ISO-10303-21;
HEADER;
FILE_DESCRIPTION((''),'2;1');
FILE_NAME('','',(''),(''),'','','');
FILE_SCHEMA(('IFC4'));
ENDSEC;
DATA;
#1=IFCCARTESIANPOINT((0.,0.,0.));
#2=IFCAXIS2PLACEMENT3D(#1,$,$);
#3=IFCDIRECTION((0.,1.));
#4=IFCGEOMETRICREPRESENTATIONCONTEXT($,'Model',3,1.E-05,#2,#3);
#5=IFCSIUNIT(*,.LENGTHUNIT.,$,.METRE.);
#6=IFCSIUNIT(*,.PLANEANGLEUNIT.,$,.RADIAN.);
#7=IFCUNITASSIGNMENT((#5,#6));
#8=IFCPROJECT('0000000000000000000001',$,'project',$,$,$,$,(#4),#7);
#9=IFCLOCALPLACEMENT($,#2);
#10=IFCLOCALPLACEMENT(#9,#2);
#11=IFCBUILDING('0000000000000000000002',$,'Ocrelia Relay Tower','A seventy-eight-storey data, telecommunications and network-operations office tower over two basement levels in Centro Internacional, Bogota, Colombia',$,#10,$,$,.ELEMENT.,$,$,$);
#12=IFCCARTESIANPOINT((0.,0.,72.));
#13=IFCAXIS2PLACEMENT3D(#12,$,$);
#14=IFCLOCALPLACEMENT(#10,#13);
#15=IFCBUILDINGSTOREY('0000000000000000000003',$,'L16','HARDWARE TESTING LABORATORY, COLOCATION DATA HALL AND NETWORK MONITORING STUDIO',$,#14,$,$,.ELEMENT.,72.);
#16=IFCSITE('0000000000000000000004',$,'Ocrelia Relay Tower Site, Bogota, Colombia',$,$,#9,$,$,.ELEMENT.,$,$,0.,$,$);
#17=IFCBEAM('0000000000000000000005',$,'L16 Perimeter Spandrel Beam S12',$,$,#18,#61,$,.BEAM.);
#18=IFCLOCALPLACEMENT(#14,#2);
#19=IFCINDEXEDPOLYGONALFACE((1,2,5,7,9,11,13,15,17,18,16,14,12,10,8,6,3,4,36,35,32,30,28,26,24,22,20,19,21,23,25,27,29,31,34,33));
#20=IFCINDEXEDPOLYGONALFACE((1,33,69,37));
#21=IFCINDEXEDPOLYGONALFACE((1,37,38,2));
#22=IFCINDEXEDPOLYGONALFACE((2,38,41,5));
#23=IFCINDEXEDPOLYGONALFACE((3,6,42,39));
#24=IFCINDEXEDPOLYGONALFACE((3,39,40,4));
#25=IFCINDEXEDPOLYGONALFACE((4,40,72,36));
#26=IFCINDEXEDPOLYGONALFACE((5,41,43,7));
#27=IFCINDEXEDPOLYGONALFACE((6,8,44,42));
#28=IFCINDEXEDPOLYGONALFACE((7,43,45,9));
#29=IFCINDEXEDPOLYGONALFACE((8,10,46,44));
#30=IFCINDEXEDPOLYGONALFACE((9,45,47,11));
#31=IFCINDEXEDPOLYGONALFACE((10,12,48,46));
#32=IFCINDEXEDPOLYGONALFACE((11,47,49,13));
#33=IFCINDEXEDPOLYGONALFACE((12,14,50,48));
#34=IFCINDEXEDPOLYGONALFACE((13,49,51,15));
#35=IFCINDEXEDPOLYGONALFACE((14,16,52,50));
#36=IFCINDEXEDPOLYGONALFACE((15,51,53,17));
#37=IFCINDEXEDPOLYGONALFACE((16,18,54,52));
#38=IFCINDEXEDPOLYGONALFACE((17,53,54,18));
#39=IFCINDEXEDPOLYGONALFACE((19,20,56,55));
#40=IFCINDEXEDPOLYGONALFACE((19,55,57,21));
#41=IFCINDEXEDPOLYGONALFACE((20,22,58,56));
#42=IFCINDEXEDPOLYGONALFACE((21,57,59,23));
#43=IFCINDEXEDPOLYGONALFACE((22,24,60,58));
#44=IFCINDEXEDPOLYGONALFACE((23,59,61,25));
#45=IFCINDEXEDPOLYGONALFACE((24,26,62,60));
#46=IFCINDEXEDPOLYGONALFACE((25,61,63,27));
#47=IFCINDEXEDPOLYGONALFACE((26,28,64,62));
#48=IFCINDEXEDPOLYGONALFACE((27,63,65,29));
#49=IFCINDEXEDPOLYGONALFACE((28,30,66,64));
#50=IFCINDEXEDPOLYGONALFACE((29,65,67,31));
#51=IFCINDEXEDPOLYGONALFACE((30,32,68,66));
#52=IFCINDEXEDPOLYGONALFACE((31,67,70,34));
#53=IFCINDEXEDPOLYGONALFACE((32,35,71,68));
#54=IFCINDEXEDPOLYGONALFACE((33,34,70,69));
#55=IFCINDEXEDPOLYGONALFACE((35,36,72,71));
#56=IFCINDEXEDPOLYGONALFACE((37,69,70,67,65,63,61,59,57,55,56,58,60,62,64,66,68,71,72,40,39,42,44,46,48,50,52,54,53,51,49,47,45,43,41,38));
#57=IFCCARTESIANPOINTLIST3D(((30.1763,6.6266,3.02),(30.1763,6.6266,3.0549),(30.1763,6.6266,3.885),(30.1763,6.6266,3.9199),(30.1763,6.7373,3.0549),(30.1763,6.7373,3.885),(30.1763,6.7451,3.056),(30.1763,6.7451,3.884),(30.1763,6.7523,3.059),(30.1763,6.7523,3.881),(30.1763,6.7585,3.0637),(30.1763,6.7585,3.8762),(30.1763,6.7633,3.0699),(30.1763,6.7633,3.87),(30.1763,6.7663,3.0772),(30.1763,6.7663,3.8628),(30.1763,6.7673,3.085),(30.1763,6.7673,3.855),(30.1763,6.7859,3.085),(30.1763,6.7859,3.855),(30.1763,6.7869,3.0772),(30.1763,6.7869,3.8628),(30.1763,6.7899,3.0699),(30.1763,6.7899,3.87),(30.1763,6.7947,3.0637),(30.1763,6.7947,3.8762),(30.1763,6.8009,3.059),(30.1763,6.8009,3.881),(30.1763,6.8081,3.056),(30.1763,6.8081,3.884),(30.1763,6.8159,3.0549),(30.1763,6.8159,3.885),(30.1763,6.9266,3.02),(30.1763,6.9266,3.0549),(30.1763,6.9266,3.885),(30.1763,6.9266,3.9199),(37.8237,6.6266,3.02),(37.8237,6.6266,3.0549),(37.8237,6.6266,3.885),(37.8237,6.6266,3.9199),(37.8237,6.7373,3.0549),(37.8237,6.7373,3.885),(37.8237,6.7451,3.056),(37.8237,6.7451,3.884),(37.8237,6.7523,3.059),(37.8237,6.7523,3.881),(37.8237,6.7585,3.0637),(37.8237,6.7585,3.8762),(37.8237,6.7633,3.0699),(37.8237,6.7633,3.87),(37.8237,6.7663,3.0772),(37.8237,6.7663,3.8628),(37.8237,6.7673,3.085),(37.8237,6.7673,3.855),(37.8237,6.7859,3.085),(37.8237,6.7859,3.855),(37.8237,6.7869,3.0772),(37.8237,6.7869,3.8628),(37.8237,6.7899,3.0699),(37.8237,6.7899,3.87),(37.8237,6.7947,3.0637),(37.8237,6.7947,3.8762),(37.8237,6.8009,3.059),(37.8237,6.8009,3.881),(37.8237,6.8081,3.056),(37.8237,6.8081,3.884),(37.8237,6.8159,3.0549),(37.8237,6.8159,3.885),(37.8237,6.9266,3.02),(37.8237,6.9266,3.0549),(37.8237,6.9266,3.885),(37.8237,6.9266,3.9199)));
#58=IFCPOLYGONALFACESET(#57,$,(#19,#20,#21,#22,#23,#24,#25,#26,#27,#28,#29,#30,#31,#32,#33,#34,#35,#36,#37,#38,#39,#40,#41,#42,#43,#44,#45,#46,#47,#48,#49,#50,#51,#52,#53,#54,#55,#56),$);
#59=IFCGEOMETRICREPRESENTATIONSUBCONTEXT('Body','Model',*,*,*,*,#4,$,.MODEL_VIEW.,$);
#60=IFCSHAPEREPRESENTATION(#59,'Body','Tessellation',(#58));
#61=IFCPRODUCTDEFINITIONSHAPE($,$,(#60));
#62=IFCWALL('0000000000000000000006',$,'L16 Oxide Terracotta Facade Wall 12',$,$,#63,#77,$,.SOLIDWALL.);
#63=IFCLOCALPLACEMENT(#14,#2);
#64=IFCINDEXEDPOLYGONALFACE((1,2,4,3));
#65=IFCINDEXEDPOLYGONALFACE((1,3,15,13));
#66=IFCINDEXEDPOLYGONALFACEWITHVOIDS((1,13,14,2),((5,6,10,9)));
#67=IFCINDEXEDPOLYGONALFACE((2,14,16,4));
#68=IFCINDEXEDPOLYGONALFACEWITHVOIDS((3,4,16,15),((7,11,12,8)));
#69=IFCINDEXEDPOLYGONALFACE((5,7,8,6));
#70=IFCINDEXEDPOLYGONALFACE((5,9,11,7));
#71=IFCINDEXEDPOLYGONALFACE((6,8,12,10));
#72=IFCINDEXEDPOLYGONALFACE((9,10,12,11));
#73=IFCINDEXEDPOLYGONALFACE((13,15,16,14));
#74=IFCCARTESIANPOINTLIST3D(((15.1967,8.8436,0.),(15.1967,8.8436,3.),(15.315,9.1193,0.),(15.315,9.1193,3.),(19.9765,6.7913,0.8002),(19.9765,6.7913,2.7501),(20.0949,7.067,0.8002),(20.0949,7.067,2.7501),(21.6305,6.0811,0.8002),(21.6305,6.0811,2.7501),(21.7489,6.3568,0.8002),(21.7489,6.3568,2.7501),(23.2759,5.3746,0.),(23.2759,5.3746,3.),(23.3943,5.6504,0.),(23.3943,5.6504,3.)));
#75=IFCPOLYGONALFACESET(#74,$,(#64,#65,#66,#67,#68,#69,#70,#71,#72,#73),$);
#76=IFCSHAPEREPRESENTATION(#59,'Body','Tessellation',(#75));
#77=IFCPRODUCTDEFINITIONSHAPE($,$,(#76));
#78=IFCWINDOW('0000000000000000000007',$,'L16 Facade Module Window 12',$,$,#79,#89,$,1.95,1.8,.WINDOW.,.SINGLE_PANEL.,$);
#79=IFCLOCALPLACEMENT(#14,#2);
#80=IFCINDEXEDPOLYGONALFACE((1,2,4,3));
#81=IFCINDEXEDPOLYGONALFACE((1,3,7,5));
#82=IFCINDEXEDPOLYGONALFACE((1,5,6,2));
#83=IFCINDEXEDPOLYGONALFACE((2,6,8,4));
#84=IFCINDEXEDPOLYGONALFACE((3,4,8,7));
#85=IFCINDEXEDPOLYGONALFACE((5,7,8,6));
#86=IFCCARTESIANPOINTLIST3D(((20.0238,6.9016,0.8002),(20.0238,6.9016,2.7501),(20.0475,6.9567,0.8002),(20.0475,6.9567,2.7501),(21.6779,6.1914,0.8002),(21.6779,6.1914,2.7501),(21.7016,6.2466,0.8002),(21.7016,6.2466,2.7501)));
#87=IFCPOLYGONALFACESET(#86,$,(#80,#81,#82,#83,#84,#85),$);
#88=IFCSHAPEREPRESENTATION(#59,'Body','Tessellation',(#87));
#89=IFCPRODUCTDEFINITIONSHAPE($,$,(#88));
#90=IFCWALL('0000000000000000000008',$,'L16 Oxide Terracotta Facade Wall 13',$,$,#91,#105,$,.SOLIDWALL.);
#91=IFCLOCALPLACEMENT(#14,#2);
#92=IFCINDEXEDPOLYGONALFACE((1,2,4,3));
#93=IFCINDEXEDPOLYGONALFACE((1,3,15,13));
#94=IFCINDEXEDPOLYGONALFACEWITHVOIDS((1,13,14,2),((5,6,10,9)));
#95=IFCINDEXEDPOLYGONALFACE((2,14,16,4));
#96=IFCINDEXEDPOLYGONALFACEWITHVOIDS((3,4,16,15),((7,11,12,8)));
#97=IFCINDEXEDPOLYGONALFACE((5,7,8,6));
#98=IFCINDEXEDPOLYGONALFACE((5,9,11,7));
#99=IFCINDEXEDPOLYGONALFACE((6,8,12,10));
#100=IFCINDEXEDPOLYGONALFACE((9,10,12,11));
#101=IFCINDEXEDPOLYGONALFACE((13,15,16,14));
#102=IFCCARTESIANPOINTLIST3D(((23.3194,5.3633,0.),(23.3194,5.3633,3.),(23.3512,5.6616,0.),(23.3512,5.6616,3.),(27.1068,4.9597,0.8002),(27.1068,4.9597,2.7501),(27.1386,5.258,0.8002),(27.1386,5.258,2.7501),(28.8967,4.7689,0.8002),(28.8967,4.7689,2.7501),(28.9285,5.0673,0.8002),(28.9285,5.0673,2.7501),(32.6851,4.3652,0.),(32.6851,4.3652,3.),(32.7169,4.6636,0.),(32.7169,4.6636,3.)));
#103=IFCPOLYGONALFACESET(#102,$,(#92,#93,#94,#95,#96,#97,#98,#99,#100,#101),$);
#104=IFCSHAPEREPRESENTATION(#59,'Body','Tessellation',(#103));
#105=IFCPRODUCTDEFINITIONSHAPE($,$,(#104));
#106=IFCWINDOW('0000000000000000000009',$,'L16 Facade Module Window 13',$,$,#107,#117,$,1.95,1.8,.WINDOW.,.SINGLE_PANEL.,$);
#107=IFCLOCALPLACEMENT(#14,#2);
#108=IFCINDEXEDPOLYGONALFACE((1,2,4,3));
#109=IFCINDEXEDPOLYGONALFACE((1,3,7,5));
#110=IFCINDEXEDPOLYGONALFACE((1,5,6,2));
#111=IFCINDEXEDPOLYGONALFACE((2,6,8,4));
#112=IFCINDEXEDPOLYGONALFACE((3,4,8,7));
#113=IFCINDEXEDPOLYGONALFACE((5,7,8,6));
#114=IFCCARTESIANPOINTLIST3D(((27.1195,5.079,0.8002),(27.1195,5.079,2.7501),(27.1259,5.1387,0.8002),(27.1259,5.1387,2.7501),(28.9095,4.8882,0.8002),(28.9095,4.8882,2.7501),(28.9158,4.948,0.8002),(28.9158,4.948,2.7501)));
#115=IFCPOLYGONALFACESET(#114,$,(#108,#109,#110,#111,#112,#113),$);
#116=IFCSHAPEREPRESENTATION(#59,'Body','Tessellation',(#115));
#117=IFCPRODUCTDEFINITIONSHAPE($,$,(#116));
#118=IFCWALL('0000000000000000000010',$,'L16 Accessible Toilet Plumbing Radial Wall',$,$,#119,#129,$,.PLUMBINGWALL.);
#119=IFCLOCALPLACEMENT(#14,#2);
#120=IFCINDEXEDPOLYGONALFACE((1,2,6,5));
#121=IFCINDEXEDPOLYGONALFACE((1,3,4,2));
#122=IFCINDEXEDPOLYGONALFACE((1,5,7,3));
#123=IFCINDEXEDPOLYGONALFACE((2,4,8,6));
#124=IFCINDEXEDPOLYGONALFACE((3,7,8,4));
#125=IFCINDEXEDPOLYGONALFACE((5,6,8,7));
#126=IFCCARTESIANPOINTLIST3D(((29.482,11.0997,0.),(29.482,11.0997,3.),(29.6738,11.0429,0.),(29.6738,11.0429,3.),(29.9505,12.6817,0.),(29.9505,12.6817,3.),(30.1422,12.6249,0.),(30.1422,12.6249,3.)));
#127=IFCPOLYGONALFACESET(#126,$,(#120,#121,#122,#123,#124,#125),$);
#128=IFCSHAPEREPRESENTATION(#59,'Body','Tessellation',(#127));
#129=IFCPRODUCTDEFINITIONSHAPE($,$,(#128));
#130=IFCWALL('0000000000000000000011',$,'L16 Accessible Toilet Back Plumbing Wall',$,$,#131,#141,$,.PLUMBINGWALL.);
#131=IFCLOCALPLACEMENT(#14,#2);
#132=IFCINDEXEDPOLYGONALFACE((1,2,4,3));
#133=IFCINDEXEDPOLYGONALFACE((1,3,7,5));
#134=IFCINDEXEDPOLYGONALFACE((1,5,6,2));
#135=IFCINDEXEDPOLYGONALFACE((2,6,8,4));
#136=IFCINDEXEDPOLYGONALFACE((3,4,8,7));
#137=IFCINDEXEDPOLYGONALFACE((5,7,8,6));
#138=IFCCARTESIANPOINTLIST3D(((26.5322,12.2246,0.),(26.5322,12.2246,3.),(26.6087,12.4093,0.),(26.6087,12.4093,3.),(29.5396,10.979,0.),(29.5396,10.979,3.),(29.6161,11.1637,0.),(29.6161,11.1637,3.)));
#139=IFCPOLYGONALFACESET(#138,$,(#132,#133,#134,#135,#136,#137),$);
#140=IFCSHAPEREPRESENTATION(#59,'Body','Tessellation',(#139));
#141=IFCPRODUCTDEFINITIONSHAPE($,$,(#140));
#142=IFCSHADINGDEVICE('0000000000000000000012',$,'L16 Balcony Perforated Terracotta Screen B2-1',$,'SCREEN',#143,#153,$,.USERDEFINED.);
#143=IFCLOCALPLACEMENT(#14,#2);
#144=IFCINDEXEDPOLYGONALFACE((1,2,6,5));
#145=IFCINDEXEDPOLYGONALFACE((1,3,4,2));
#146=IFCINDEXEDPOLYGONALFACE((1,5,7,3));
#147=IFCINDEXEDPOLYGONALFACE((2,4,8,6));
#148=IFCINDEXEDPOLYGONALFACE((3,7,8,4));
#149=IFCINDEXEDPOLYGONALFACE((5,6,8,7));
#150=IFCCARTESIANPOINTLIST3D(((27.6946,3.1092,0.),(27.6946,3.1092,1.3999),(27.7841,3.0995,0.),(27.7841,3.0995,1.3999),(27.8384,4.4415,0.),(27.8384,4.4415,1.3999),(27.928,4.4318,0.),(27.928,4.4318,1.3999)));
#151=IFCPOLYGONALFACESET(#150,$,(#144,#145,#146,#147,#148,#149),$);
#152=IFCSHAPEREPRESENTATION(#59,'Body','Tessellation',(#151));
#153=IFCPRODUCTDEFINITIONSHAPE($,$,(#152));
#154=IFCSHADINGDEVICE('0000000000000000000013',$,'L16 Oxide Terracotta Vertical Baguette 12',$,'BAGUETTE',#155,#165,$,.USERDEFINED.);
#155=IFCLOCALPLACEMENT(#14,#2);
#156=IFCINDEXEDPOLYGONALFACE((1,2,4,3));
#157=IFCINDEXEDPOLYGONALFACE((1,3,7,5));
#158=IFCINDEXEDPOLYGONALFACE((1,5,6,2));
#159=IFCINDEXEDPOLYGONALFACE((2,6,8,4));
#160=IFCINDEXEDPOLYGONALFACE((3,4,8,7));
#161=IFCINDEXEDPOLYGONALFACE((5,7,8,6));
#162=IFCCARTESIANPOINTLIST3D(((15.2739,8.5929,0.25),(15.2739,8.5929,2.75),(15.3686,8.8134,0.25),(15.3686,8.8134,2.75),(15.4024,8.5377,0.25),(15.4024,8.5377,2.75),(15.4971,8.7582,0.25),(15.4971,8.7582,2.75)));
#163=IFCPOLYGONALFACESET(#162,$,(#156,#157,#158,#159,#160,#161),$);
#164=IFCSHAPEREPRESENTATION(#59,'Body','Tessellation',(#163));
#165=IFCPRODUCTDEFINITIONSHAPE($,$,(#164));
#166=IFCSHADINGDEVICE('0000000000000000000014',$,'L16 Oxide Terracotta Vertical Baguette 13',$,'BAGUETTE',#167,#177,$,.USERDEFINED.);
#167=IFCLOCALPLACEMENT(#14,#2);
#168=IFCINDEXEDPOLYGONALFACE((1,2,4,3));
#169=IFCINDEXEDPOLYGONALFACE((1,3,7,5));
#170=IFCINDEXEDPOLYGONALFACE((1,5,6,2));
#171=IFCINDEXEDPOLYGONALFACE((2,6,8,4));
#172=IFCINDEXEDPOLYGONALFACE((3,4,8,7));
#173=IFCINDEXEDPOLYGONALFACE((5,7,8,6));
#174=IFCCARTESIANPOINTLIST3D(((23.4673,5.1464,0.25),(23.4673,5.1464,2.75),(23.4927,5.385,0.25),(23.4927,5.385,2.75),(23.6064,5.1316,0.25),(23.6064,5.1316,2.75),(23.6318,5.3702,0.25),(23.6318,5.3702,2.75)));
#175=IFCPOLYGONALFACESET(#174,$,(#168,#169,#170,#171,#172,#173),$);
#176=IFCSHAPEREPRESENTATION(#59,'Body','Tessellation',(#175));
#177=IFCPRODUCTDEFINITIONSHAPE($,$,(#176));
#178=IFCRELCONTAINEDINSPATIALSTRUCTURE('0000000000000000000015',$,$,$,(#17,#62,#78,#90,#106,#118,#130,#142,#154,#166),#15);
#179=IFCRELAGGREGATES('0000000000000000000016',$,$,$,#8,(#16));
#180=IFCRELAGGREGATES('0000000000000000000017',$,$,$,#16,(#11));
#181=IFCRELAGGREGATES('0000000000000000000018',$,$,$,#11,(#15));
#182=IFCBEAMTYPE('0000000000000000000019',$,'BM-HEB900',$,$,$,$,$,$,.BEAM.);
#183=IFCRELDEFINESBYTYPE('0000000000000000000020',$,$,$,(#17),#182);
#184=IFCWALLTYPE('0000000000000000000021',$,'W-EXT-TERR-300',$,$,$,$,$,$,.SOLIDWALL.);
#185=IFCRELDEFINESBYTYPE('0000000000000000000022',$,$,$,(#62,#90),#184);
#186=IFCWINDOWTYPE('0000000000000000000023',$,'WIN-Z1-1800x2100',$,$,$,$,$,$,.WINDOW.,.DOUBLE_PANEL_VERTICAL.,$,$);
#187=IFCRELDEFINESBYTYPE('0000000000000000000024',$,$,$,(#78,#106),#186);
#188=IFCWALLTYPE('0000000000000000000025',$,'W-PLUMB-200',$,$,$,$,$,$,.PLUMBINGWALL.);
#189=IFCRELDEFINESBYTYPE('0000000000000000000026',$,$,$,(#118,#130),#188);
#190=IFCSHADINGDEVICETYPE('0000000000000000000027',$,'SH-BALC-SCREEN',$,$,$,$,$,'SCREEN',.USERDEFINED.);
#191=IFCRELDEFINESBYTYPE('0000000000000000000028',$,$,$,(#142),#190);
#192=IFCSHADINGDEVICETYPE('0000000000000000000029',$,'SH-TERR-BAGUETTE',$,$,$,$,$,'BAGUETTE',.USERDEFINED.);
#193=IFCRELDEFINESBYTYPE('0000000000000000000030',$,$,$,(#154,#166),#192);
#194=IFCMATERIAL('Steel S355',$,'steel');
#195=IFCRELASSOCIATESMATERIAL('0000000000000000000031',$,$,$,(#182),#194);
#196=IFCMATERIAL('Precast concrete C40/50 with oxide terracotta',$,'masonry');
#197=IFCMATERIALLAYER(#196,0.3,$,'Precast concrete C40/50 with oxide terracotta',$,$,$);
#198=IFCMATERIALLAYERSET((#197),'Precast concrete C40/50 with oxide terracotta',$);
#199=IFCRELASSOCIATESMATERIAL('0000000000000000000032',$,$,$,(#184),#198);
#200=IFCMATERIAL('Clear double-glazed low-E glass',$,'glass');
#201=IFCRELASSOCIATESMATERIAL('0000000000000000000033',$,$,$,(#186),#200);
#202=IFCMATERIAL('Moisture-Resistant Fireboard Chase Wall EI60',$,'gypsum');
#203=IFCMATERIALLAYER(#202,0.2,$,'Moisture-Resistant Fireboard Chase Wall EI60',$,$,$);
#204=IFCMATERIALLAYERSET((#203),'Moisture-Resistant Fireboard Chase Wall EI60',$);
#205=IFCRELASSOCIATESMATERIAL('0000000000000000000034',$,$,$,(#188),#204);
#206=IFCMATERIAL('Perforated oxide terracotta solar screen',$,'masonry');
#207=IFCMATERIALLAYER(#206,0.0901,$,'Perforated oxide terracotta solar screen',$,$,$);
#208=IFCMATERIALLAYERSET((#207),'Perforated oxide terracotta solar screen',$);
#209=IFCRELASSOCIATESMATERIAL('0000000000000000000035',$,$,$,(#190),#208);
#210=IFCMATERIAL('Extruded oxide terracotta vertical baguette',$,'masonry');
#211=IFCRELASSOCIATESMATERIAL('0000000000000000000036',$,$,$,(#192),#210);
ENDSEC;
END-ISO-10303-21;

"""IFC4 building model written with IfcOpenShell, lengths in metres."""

from ifc_helpers import new_model, si_unit, direction, frame, frame_2d, origin, origin_2d, place, context, subcontext, project, spatial, rectangle, i_section, extrude, material, layer, layer_set, material_profile, profile_set, type_object, element, fill, save


model = new_model("IFC4")

# Units and contexts
model_context = context("Model", 3, precision=1e-05, world=origin(), true_north=direction((0.0, 1.0)))
body_context = subcontext(model_context, "Body", "Model", "MODEL_VIEW")
ifc_project = project(units=[si_unit("LENGTHUNIT", "METRE"), si_unit("PLANEANGLEUNIT", "RADIAN")], contexts=[model_context])

# Site, building, storey
site_placement = place(None, origin())
site = spatial("IfcSite", under=ifc_project, at=site_placement, Name="Ocrelia Relay Tower Site, Bogota, Colombia", CompositionType="ELEMENT", RefElevation=0.0)
building_placement = place(site_placement, origin())
building = spatial("IfcBuilding", under=site, at=building_placement, Name="Ocrelia Relay Tower", Description="A seventy-eight-storey data, telecommunications and network-operations office tower over two basement levels in Centro Internacional, Bogota, Colombia", CompositionType="ELEMENT")
storey_placement = place(building_placement, frame((0.0, 0.0, 72.0)))
storey = spatial("IfcBuildingStorey", under=building, at=storey_placement, Name="L16", Description="HARDWARE TESTING LABORATORY, COLOCATION DATA HALL AND NETWORK MONITORING STUDIO", CompositionType="ELEMENT", Elevation=72.0)

# Beam
ifc_material_1 = material(Name="Steel S355", Category="steel")
ifc_material_profile_1 = material_profile(ifc_material_1, i_section(OverallWidth=0.3, OverallDepth=0.8999, WebThickness=0.0186, FlangeThickness=0.0349, FilletRadius=0.03, at=origin_2d()), Name="HEB 900")
ifc_profile_set_1 = profile_set([ifc_material_profile_1], Name="Steel S355")
beam_type_1 = type_object("IfcBeamType", Name="BM-HEB900", PredefinedType="BEAM", material=ifc_profile_set_1)
for number, where, z_axis, x_axis, name in (
    (1, (30.1763, 6.7766, 3.47), (1.0, 0.0, 0.0), (0.0, 1.0, 0.0), "L16 Perimeter Spandrel Beam S12"),
):
    element("IfcBeam", number, at=place(storey_placement, frame(where, z_axis=z_axis, x_axis=x_axis)), inside=storey, type_object=beam_type_1, Name=name, PredefinedType="BEAM", context=body_context, shape_type="SweptSolid", body=[
        extrude(i_section(OverallWidth=0.3, OverallDepth=0.8999, WebThickness=0.0186, FlangeThickness=0.0349, FilletRadius=0.03, at=origin_2d()), origin(), (0.0, 0.0, 1.0), 7.6475),
    ])

# Walls, openings, windows
ifc_material_2 = material(Name="Precast concrete C40/50 with oxide terracotta", Category="masonry")
ifc_layer_1 = layer(ifc_material_2, 0.3, Name="Precast concrete C40/50 with oxide terracotta")
ifc_layer_set_1 = layer_set([ifc_layer_1], Name="Precast concrete C40/50 with oxide terracotta")
wall_type_1 = type_object("IfcWallType", Name="W-EXT-TERR-300", PredefinedType="SOLIDWALL", material=ifc_layer_set_1)
wall_1_placement = place(storey_placement, frame((15.2559, 8.9814, 0.0), z_axis=(0.0, 0.0, 1.0), x_axis=(0.918881, -0.394536, 0.0)))
wall_1 = element("IfcWall", 2, at=wall_1_placement, inside=storey, type_object=wall_type_1, Name="L16 Oxide Terracotta Facade Wall 12", PredefinedType="SOLIDWALL", context=body_context, shape_type="SweptSolid", body=[
    extrude(rectangle(XDim=8.7925, YDim=0.3, at=frame_2d((4.3962, 0.0))), origin(), (0.0, 0.0, 1.0), 3.0),
])
opening_1_placement = place(wall_1_placement, frame((5.2019, 0.0, 0.8)))
opening_1 = element("IfcOpeningElement", 3, at=opening_1_placement, cuts=wall_1, PredefinedType="OPENING", context=body_context, shape_type="SweptSolid", body=[
    extrude(rectangle(XDim=1.8, YDim=1.95, at=frame_2d((0.8999, 0.9751))), frame((0.0, 0.1602, 0.0), z_axis=(0.0, -1.0, 0.0), x_axis=(1.0, 0.0, 0.0)), (0.0, 0.0, 1.0), 0.3201),
])
ifc_material_3 = material(Name="Clear double-glazed low-E glass", Category="glass")
window_type = type_object("IfcWindowType", Name="WIN-Z1-1800x2100", PartitioningType="DOUBLE_PANEL_VERTICAL", PredefinedType="WINDOW", material=ifc_material_3)
window_1_placement = place(opening_1_placement, origin())
window_1 = element("IfcWindow", 4, at=window_1_placement, inside=storey, type_object=window_type, Name="L16 Facade Module Window 12", OverallHeight=1.95, OverallWidth=1.8, PartitioningType="SINGLE_PANEL", PredefinedType="WINDOW", context=body_context, shape_type="SweptSolid", body=[
    extrude(rectangle(XDim=1.8, YDim=1.95, at=frame_2d((0.8999, 0.9751))), frame((0.0, 0.03, 0.0), z_axis=(0.0, -1.0, 0.0), x_axis=(1.0, 0.0, 0.0)), (0.0, 0.0, 1.0), 0.0601),
])
fill(opening_1, window_1)
wall_2_placement = place(storey_placement, frame((23.3352, 5.5125, 0.0), z_axis=(0.0, 0.0, 1.0), x_axis=(0.99437, -0.105964, 0.0)))
wall_2 = element("IfcWall", 5, at=wall_2_placement, inside=storey, type_object=wall_type_1, Name="L16 Oxide Terracotta Facade Wall 13", PredefinedType="SOLIDWALL", context=body_context, shape_type="SweptSolid", body=[
    extrude(rectangle(XDim=9.4187, YDim=0.3, at=frame_2d((4.7095, 0.0))), origin(), (0.0, 0.0, 1.0), 3.0),
])
opening_2_placement = place(wall_2_placement, frame((3.8091, 0.0, 0.8)))
opening_2 = element("IfcOpeningElement", 6, at=opening_2_placement, cuts=wall_2, PredefinedType="OPENING", context=body_context, shape_type="SweptSolid", body=[
    extrude(rectangle(XDim=1.8, YDim=1.95, at=frame_2d((0.8999, 0.9751))), frame((0.0, 0.1602, 0.0), z_axis=(0.0, -1.0, 0.0), x_axis=(1.0, 0.0, 0.0)), (0.0, 0.0, 1.0), 0.3201),
])
window_2_placement = place(opening_2_placement, origin())
window_2 = element("IfcWindow", 7, at=window_2_placement, inside=storey, type_object=window_type, Name="L16 Facade Module Window 13", OverallHeight=1.95, OverallWidth=1.8, PartitioningType="SINGLE_PANEL", PredefinedType="WINDOW", context=body_context, shape_type="SweptSolid", body=[
    extrude(rectangle(XDim=1.8, YDim=1.95, at=frame_2d((0.8999, 0.9751))), frame((0.0, 0.03, 0.0), z_axis=(0.0, -1.0, 0.0), x_axis=(1.0, 0.0, 0.0)), (0.0, 0.0, 1.0), 0.0601),
])
fill(opening_2, window_2)

# Walls
ifc_material_4 = material(Name="Moisture-Resistant Fireboard Chase Wall EI60", Category="gypsum")
ifc_layer_2 = layer(ifc_material_4, 0.2, Name="Moisture-Resistant Fireboard Chase Wall EI60")
ifc_layer_set_2 = layer_set([ifc_layer_2], Name="Moisture-Resistant Fireboard Chase Wall EI60")
wall_type_2 = type_object("IfcWallType", Name="W-PLUMB-200", PredefinedType="PLUMBINGWALL", material=ifc_layer_set_2)
wall_3_placement = place(storey_placement, frame((30.0464, 12.6533, 0.0), z_axis=(0.0, 0.0, 1.0), x_axis=(-0.283952, -0.958838, 0.0)))
element("IfcWall", 8, at=wall_3_placement, inside=storey, type_object=wall_type_2, Name="L16 Accessible Toilet Plumbing Radial Wall", PredefinedType="PLUMBINGWALL", context=body_context, shape_type="SweptSolid", body=[
    extrude(rectangle(XDim=1.6499, YDim=0.2, at=frame_2d((0.825, 0.0))), origin(), (0.0, 0.0, 1.0), 3.0),
])
wall_4_placement = place(storey_placement, frame((26.5706, 12.3169, 0.0), z_axis=(0.0, 0.0, 1.0), x_axis=(0.923887, -0.382665, 0.0)))
element("IfcWall", 9, at=wall_4_placement, inside=storey, type_object=wall_type_2, Name="L16 Accessible Toilet Back Plumbing Wall", PredefinedType="PLUMBINGWALL", context=body_context, shape_type="SweptSolid", body=[
    extrude(rectangle(XDim=3.2551, YDim=0.2, at=frame_2d((1.6274, 0.0))), origin(), (0.0, 0.0, 1.0), 3.0),
])

# Shading devices
ifc_material_5 = material(Name="Perforated oxide terracotta solar screen", Category="masonry")
ifc_layer_3 = layer(ifc_material_5, 0.0901, Name="Perforated oxide terracotta solar screen")
ifc_layer_set_3 = layer_set([ifc_layer_3], Name="Perforated oxide terracotta solar screen")
shading_device_type_1 = type_object("IfcShadingDeviceType", Name="SH-BALC-SCREEN", ElementType="SCREEN", PredefinedType="USERDEFINED", material=ifc_layer_set_3)
shading_device_1_placement = place(storey_placement, frame((27.8113, 3.7705, 0.0), z_axis=(0.0, 0.0, 1.0), x_axis=(-0.107359, -0.99422, 0.0)))
element("IfcShadingDevice", 10, at=shading_device_1_placement, inside=storey, type_object=shading_device_type_1, Name="L16 Balcony Perforated Terracotta Screen B2-1", ObjectType="SCREEN", PredefinedType="USERDEFINED", context=body_context, shape_type="SweptSolid", body=[
    extrude(rectangle(XDim=1.3401, YDim=0.0901, at=origin_2d()), origin(), (0.0, 0.0, 1.0), 1.3999),
])
ifc_material_6 = material(Name="Extruded oxide terracotta vertical baguette", Category="masonry")
shading_device_type_2 = type_object("IfcShadingDeviceType", Name="SH-TERR-BAGUETTE", ElementType="BAGUETTE", PredefinedType="USERDEFINED", material=ifc_material_6)
for number, where, z_axis, x_axis, name in (
    (11, (15.3855, 8.6755, 0.25), (0.0, 0.0, 1.0), (0.918881, -0.394534, 0.0), "L16 Oxide Terracotta Vertical Baguette 12"),
    (12, (23.5496, 5.2583, 0.25), (0.0, 0.0, 1.0), (0.99437, -0.105959, 0.0), "L16 Oxide Terracotta Vertical Baguette 13"),
):
    element("IfcShadingDevice", number, at=place(storey_placement, frame(where, z_axis=z_axis, x_axis=x_axis)), inside=storey, type_object=shading_device_type_2, Name=name, ObjectType="BAGUETTE", PredefinedType="USERDEFINED", context=body_context, shape_type="SweptSolid", body=[
        extrude(rectangle(XDim=0.1399, YDim=0.24, at=origin_2d()), origin(), (0.0, 0.0, 1.0), 2.5),
    ])

save(model, "model.ifc")
